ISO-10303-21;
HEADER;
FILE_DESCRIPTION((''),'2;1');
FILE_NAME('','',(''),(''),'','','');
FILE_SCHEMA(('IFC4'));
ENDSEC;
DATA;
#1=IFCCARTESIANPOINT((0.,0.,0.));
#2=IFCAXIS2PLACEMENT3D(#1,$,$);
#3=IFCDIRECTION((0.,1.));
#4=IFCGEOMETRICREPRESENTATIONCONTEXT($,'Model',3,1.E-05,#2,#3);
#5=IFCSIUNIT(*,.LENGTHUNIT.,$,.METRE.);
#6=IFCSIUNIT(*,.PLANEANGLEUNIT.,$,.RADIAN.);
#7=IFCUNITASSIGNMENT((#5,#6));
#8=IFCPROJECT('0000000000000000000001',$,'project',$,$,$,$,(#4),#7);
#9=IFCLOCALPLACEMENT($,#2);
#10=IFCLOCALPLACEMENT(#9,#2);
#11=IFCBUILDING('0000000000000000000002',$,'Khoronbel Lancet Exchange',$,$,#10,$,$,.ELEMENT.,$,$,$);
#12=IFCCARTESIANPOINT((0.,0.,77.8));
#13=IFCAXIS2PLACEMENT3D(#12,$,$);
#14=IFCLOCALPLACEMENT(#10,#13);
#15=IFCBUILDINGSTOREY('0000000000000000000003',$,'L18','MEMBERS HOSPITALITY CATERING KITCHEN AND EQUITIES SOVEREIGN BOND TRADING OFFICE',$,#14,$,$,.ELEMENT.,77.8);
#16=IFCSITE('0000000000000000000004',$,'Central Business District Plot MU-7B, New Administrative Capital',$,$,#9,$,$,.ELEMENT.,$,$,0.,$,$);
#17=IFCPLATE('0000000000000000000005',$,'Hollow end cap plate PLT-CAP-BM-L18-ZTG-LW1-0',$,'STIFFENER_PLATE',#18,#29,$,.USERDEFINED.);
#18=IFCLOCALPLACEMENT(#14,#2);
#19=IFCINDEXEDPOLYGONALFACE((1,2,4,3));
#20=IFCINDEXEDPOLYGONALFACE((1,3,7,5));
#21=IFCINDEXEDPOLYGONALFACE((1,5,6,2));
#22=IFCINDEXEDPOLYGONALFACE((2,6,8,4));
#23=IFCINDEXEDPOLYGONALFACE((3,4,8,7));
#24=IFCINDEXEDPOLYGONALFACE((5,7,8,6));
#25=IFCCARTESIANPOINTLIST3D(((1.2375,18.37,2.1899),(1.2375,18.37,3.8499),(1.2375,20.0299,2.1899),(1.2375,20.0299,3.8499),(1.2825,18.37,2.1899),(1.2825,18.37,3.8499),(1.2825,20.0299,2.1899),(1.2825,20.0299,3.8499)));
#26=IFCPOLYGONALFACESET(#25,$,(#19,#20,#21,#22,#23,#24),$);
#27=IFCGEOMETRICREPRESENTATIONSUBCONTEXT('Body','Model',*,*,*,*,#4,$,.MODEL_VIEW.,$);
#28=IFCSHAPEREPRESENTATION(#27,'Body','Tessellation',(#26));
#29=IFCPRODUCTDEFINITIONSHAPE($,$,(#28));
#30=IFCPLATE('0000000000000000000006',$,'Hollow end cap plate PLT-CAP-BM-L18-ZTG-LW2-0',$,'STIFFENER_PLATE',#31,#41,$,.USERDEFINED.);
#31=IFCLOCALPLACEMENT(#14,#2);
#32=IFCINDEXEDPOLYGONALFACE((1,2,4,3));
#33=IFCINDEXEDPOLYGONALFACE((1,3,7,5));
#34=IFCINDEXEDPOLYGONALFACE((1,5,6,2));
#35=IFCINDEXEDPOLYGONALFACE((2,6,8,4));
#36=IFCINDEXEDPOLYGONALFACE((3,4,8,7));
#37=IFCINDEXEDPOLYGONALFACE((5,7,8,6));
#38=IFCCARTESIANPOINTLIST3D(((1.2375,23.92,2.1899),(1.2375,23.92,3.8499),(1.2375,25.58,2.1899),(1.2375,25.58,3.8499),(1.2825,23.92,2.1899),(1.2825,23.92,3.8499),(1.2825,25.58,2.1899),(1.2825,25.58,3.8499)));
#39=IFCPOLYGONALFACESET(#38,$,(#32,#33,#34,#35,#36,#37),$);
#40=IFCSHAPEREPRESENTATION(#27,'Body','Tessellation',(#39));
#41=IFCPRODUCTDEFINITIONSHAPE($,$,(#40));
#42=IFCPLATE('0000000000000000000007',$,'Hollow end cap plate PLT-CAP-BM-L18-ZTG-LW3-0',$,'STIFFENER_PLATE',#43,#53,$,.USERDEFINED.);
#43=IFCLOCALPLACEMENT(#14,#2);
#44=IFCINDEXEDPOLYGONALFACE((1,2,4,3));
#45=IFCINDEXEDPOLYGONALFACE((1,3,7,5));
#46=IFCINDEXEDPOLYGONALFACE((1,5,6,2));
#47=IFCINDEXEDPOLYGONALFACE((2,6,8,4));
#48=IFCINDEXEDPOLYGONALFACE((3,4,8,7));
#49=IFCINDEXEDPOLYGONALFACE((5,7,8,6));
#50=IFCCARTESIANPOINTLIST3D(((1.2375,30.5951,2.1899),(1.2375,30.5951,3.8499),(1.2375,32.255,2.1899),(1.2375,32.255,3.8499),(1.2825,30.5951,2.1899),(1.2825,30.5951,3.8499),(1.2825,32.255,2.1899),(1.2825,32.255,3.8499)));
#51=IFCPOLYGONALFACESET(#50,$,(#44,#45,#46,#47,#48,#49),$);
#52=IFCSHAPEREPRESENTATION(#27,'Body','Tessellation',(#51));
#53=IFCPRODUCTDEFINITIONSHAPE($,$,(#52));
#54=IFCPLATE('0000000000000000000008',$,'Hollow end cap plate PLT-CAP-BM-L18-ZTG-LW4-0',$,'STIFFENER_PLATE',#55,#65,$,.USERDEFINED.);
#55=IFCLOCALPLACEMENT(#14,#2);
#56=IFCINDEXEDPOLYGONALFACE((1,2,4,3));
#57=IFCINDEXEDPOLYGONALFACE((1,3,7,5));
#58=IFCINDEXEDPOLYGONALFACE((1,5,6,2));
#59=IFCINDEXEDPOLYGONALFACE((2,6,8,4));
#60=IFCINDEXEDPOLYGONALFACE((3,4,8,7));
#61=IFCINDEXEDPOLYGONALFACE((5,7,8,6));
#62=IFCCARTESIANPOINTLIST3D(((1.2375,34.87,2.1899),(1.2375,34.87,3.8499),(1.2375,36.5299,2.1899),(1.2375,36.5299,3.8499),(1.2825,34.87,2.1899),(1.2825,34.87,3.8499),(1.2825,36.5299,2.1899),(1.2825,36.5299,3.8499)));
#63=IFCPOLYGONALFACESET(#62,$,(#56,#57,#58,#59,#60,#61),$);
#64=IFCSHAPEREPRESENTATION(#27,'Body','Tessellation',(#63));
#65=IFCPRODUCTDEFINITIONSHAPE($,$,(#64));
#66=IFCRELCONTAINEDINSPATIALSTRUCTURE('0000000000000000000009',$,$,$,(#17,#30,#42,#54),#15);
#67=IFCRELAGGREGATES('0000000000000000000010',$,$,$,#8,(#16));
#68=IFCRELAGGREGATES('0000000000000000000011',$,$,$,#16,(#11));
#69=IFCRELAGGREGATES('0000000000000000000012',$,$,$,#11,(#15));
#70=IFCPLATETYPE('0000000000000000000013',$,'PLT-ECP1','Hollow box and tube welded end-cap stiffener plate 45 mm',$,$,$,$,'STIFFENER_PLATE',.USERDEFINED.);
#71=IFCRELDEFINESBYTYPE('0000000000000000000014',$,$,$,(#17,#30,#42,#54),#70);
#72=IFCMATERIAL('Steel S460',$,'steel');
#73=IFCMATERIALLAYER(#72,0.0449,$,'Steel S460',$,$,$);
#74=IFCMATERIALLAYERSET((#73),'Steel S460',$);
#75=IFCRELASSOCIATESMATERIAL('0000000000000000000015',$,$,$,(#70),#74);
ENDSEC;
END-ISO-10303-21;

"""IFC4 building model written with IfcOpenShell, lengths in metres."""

from ifc_helpers import new_model, si_unit, direction, frame, origin, origin_2d, place, context, subcontext, project, spatial, rectangle, extrude, material, layer, layer_set, type_object, element, save


model = new_model("IFC4")

# Units and contexts
model_context = context("Model", 3, precision=1e-05, world=origin(), true_north=direction((0.0, 1.0)))
body_context = subcontext(model_context, "Body", "Model", "MODEL_VIEW")
ifc_project = project(units=[si_unit("LENGTHUNIT", "METRE"), si_unit("PLANEANGLEUNIT", "RADIAN")], contexts=[model_context])

# Site, building, storey
site_placement = place(None, origin())
site = spatial("IfcSite", under=ifc_project, at=site_placement, Name="Central Business District Plot MU-7B, New Administrative Capital", CompositionType="ELEMENT", RefElevation=0.0)
building_placement = place(site_placement, origin())
building = spatial("IfcBuilding", under=site, at=building_placement, Name="Khoronbel Lancet Exchange", CompositionType="ELEMENT")
storey_placement = place(building_placement, frame((0.0, 0.0, 77.8)))
storey = spatial("IfcBuildingStorey", under=building, at=storey_placement, Name="L18", Description="MEMBERS HOSPITALITY CATERING KITCHEN AND EQUITIES SOVEREIGN BOND TRADING OFFICE", CompositionType="ELEMENT", Elevation=77.8)

# Shared definitions
ifc_material_1 = material(Name="Steel S460", Category="steel")

# Plates
ifc_layer_1 = layer(ifc_material_1, 0.0449, Name="Steel S460")
ifc_layer_set_1 = layer_set([ifc_layer_1], Name="Steel S460")
plate_type_1 = type_object("IfcPlateType", Name="PLT-ECP1", Description="Hollow box and tube welded end-cap stiffener plate 45 mm", ElementType="STIFFENER_PLATE", PredefinedType="USERDEFINED", material=ifc_layer_set_1)
for number, where, z_axis, x_axis, name in (
    (1, (1.26, 19.2, 2.1899), (0.0, 0.0, 1.0), (-1.0, 0.0, 0.0), "Hollow end cap plate PLT-CAP-BM-L18-ZTG-LW1-0"),
    (2, (1.26, 24.75, 2.1899), (0.0, 0.0, 1.0), (-1.0, 0.0, 0.0), "Hollow end cap plate PLT-CAP-BM-L18-ZTG-LW2-0"),
    (3, (1.26, 31.425, 2.1899), (0.0, 0.0, 1.0), (-1.0, 0.0, 0.0), "Hollow end cap plate PLT-CAP-BM-L18-ZTG-LW3-0"),
    (4, (1.26, 35.7, 2.1899), (0.0, 0.0, 1.0), (-1.0, 0.0, 0.0), "Hollow end cap plate PLT-CAP-BM-L18-ZTG-LW4-0"),
):
    element("IfcPlate", number, at=place(storey_placement, frame(where, z_axis=z_axis, x_axis=x_axis)), inside=storey, type_object=plate_type_1, Name=name, ObjectType="STIFFENER_PLATE", PredefinedType="USERDEFINED", context=body_context, shape_type="SweptSolid", body=[
        extrude(rectangle(XDim=0.0449, YDim=1.6599, at=origin_2d()), origin(), (0.0, 0.0, 1.0), 1.6599),
    ])

save(model, "model.ifc")
